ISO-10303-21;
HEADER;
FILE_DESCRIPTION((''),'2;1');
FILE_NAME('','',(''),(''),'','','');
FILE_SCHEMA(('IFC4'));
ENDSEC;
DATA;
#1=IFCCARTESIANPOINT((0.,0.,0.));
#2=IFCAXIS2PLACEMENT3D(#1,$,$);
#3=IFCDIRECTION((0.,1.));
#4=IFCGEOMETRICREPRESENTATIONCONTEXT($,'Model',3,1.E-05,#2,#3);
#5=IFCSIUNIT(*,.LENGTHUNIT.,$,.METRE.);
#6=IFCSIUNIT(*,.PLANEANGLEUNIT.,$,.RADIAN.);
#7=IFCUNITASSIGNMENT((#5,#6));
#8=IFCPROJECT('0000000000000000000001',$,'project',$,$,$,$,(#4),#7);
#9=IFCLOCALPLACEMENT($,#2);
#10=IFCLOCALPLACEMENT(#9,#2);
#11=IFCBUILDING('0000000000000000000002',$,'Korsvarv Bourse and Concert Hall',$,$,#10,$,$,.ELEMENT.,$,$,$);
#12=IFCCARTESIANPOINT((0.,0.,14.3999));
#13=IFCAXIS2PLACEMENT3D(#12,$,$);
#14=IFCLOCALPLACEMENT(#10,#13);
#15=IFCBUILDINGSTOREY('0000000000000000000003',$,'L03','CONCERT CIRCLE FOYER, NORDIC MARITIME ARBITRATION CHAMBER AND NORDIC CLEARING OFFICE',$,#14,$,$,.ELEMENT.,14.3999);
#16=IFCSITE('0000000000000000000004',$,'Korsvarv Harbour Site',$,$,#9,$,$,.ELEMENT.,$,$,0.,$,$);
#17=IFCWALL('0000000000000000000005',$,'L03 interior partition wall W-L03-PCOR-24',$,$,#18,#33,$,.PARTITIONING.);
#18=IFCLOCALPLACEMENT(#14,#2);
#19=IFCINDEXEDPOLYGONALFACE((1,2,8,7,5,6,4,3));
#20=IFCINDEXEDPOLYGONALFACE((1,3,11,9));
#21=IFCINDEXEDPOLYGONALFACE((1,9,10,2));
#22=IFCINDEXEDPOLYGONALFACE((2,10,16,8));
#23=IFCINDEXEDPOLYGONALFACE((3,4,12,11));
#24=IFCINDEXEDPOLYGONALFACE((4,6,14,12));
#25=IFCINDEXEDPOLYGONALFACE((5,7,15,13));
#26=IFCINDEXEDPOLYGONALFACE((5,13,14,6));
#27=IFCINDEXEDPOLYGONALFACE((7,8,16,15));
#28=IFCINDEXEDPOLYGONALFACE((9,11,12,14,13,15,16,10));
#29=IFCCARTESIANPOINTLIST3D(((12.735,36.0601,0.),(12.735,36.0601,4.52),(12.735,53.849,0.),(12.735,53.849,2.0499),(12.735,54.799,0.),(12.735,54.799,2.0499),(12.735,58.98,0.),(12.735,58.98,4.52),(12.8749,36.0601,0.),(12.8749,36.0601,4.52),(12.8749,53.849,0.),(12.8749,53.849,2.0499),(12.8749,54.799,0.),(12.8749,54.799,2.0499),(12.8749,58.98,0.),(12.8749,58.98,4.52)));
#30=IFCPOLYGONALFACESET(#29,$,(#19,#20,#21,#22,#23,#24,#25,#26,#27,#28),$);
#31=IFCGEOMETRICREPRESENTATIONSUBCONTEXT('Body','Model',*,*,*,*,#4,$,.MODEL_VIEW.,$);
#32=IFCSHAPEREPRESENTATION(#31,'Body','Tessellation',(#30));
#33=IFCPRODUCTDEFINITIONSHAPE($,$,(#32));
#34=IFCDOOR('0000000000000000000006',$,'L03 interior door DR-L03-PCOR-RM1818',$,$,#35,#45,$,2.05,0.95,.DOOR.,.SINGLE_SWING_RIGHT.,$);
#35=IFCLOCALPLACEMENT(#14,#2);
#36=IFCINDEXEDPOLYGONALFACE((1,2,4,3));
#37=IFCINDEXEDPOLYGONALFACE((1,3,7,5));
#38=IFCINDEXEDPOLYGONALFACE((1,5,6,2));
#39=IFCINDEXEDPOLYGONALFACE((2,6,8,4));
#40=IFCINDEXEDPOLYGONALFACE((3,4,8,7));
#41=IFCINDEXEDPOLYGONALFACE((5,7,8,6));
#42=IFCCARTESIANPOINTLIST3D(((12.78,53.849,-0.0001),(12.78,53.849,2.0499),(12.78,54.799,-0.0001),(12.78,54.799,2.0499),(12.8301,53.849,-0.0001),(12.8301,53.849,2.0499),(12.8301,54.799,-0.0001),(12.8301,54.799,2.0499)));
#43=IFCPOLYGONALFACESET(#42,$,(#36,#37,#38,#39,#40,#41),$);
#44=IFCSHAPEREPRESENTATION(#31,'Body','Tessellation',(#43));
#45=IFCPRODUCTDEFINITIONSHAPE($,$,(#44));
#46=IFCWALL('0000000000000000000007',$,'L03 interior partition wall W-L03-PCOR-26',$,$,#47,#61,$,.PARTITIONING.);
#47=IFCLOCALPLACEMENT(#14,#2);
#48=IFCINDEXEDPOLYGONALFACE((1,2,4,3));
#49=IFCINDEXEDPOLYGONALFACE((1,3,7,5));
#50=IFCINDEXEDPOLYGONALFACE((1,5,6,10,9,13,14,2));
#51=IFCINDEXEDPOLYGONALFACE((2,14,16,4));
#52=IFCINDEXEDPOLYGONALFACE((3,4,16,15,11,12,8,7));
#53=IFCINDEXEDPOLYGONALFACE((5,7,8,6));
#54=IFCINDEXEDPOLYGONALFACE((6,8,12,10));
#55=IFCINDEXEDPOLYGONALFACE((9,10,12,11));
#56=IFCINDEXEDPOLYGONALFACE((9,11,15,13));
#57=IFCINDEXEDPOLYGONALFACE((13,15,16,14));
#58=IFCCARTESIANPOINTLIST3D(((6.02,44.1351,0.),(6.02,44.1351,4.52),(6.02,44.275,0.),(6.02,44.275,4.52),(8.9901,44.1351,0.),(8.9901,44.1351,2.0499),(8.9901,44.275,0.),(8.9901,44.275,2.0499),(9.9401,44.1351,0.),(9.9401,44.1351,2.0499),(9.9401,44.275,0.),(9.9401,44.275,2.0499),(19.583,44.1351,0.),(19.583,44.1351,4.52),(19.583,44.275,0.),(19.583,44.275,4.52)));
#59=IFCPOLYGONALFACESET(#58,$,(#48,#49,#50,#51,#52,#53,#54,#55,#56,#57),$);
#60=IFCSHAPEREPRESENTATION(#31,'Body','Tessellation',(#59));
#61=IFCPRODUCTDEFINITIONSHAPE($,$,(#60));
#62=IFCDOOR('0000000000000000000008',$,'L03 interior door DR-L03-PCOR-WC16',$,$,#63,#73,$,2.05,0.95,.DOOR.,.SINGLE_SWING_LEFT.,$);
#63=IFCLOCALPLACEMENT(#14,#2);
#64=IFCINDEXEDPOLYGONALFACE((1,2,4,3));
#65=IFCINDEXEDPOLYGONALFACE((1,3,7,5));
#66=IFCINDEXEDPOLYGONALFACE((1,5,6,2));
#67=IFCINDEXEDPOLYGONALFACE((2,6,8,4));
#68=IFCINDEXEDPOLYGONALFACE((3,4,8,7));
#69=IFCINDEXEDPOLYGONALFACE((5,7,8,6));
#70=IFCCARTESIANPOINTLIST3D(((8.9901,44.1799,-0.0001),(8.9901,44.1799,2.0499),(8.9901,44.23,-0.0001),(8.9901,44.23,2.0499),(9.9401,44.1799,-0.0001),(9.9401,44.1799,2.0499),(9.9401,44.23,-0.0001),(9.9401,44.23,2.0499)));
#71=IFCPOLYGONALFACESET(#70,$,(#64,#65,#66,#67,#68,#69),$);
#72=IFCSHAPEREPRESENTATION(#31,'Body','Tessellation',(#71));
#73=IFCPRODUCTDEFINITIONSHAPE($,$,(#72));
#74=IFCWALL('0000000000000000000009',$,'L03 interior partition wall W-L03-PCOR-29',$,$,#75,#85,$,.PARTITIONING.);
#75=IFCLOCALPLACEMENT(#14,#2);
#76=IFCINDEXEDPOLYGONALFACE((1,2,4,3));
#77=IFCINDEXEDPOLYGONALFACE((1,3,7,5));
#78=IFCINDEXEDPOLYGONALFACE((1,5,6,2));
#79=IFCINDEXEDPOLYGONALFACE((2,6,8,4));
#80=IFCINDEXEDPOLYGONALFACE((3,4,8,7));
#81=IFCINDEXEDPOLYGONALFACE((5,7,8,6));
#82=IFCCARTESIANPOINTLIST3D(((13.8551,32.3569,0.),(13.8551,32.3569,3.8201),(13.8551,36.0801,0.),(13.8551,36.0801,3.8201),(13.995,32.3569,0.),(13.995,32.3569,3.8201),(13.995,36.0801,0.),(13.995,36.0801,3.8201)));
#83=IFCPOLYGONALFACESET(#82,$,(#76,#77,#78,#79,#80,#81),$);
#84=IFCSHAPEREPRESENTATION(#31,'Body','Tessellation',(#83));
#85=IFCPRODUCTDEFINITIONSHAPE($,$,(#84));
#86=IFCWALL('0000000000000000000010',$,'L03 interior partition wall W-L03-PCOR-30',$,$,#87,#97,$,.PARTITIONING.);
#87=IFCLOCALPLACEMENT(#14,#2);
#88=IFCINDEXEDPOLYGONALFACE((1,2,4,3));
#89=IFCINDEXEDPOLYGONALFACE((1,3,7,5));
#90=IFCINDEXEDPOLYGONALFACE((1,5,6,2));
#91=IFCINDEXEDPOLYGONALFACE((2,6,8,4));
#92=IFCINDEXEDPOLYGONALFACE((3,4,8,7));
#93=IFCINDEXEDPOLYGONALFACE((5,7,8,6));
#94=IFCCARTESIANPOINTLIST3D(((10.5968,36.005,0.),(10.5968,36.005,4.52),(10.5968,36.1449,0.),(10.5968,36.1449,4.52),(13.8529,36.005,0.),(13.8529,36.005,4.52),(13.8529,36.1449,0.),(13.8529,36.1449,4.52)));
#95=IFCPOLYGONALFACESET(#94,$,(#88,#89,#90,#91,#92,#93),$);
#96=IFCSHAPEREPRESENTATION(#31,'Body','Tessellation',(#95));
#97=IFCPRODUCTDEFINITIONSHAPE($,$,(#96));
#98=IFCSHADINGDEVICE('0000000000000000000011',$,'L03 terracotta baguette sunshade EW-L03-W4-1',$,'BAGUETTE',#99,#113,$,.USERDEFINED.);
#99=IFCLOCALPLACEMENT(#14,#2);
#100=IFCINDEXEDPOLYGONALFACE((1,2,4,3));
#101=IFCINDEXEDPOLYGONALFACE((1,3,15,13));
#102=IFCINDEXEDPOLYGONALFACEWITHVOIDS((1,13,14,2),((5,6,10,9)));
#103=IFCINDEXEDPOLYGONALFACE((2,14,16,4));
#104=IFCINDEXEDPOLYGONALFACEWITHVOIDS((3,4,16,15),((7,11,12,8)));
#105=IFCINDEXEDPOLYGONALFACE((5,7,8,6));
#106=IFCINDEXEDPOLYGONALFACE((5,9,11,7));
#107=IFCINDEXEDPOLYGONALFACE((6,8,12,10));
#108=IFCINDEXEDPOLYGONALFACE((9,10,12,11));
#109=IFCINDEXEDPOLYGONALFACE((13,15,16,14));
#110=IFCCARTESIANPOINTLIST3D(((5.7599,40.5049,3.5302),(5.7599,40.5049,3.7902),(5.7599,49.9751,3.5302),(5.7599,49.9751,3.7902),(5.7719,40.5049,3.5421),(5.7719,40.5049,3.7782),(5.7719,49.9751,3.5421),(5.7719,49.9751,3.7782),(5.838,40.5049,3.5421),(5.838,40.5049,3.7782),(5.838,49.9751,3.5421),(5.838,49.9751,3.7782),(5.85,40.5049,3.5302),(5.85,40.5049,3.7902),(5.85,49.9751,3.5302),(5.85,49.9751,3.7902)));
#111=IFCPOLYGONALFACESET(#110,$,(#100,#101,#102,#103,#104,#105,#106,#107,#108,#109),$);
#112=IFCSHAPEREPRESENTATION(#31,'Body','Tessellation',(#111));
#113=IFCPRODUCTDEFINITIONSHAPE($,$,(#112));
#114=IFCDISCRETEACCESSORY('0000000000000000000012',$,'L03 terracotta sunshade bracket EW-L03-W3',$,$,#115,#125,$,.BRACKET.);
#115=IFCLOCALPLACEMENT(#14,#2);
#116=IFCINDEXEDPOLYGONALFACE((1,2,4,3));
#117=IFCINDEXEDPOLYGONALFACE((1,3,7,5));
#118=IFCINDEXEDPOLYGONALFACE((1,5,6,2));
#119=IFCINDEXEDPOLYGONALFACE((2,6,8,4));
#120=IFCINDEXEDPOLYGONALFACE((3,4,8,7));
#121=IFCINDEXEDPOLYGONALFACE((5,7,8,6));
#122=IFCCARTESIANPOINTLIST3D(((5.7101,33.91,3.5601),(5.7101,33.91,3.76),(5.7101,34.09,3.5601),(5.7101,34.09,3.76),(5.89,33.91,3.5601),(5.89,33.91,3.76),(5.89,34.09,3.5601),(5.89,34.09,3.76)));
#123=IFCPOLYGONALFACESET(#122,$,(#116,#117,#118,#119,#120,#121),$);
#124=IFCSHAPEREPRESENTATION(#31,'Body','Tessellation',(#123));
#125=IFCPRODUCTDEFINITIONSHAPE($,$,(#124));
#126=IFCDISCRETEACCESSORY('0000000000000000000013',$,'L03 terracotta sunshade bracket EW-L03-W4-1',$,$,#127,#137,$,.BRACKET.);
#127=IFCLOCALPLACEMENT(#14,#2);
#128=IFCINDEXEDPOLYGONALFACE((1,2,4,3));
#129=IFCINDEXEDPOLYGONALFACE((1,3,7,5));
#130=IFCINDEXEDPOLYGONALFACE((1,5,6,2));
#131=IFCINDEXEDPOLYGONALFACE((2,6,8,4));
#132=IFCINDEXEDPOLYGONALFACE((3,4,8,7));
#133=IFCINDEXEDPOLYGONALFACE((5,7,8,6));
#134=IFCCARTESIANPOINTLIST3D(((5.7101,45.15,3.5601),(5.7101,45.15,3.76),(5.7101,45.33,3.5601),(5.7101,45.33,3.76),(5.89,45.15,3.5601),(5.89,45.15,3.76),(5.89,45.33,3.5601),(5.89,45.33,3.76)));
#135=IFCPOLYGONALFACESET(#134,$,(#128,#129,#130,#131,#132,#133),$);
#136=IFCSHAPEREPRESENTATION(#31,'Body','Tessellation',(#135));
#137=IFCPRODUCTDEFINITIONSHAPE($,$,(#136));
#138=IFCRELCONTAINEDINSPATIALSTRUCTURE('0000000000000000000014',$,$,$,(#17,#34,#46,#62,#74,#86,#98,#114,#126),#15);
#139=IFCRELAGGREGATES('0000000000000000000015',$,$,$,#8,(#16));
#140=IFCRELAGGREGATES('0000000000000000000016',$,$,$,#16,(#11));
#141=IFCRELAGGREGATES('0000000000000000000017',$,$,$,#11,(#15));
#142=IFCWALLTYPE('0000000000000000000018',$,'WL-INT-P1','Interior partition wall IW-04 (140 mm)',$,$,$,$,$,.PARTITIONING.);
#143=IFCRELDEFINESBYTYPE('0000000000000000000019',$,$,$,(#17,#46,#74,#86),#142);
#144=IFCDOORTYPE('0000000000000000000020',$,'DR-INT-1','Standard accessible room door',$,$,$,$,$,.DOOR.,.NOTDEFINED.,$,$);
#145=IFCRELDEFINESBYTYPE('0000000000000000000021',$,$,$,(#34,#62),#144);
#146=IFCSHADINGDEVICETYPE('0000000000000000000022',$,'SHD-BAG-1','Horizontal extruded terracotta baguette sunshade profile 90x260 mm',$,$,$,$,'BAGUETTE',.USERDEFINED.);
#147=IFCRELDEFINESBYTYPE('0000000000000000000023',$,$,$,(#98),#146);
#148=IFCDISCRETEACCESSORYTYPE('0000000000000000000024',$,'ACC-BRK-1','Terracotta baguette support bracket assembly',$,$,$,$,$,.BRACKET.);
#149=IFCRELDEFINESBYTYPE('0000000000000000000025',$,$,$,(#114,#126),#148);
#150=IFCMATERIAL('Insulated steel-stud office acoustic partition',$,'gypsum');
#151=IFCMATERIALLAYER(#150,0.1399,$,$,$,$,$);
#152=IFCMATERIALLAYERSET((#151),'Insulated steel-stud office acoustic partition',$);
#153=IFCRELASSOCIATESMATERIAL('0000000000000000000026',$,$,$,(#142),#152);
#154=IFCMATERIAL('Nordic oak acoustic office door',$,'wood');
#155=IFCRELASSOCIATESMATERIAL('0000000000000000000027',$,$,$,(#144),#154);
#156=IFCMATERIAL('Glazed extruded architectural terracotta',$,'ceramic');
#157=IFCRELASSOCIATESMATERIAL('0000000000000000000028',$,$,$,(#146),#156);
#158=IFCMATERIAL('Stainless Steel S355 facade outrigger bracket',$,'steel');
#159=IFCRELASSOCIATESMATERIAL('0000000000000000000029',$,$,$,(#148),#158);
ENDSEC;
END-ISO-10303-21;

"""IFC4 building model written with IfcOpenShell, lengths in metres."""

from ifc_helpers import new_model, si_unit, direction, frame, frame_2d, origin, origin_2d, place, context, subcontext, project, spatial, rectangle, hollow_rectangle, extrude, source, transform, mapped, material, layer, layer_set, material_profile, profile_set, type_object, element, fill, save


model = new_model("IFC4")

# Units and contexts
model_context = context("Model", 3, precision=1e-05, world=origin(), true_north=direction((0.0, 1.0)))
body_context = subcontext(model_context, "Body", "Model", "MODEL_VIEW")
ifc_project = project(units=[si_unit("LENGTHUNIT", "METRE"), si_unit("PLANEANGLEUNIT", "RADIAN")], contexts=[model_context])

# Site, building, storey
site_placement = place(None, origin())
site = spatial("IfcSite", under=ifc_project, at=site_placement, Name="Korsvarv Harbour Site", CompositionType="ELEMENT", RefElevation=0.0)
building_placement = place(site_placement, origin())
building = spatial("IfcBuilding", under=site, at=building_placement, Name="Korsvarv Bourse and Concert Hall", CompositionType="ELEMENT")
storey_placement = place(building_placement, frame((0.0, 0.0, 14.3999)))
storey = spatial("IfcBuildingStorey", under=building, at=storey_placement, Name="L03", Description="CONCERT CIRCLE FOYER, NORDIC MARITIME ARBITRATION CHAMBER AND NORDIC CLEARING OFFICE", CompositionType="ELEMENT", Elevation=14.3999)

# Walls, openings, doors
ifc_material_1 = material(Name="Insulated steel-stud office acoustic partition", Category="gypsum")
ifc_layer_1 = layer(ifc_material_1, 0.1399)
ifc_layer_set_1 = layer_set([ifc_layer_1], Name="Insulated steel-stud office acoustic partition")
wall_type_1 = type_object("IfcWallType", Name="WL-INT-P1", Description="Interior partition wall IW-04 (140 mm)", PredefinedType="PARTITIONING", material=ifc_layer_set_1)
wall_1_placement = place(storey_placement, frame((12.8049, 36.0601, 0.0), z_axis=(0.0, 0.0, 1.0), x_axis=(0.0, 1.0, 0.0)))
wall_1 = element("IfcWall", 1, at=wall_1_placement, inside=storey, type_object=wall_type_1, Name="L03 interior partition wall W-L03-PCOR-24", PredefinedType="PARTITIONING", context=body_context, shape_type="SweptSolid", body=[
    extrude(rectangle(XDim=22.9199, YDim=0.1399, at=frame_2d((11.46, 0.0))), origin(), (0.0, 0.0, 1.0), 4.52),
])
opening_1_placement = place(wall_1_placement, frame((17.7888, 0.0, 0.0)))
opening_1 = element("IfcOpeningElement", 2, at=opening_1_placement, cuts=wall_1, PredefinedType="OPENING", context=body_context, shape_type="SweptSolid", body=[
    extrude(rectangle(XDim=0.95, YDim=2.05, at=frame_2d((0.4751, 1.0249))), frame((0.0, 0.0801, 0.0), z_axis=(0.0, -1.0, 0.0), x_axis=(1.0, 0.0, 0.0)), (0.0, 0.0, 1.0), 0.1599),
])
ifc_material_2 = material(Name="Nordic oak acoustic office door", Category="wood")
door_type_1 = type_object("IfcDoorType", Name="DR-INT-1", Description="Standard accessible room door", OperationType="NOTDEFINED", PredefinedType="DOOR", material=ifc_material_2)
door_1_placement = place(opening_1_placement, origin())
door_1 = element("IfcDoor", 3, at=door_1_placement, inside=storey, type_object=door_type_1, Name="L03 interior door DR-L03-PCOR-RM1818", OperationType="SINGLE_SWING_RIGHT", OverallHeight=2.05, OverallWidth=0.95, PredefinedType="DOOR", context=body_context, shape_type="SweptSolid", body=[
    extrude(rectangle(XDim=0.95, YDim=2.05, at=frame_2d((0.4751, 1.0249))), frame((0.0, 0.0249, 0.0), z_axis=(0.0, -1.0, 0.0), x_axis=(1.0, 0.0, 0.0)), (0.0, 0.0, 1.0), 0.05),
])
fill(opening_1, door_1)
wall_2_placement = place(storey_placement, frame((6.02, 44.2051, 0.0), z_axis=(0.0, 0.0, 1.0), x_axis=(1.0, 0.0, 0.0)))
wall_2 = element("IfcWall", 4, at=wall_2_placement, inside=storey, type_object=wall_type_1, Name="L03 interior partition wall W-L03-PCOR-26", PredefinedType="PARTITIONING", context=body_context, shape_type="SweptSolid", body=[
    extrude(rectangle(XDim=13.563, YDim=0.1399, at=frame_2d((6.7815, 0.0))), origin(), (0.0, 0.0, 1.0), 4.52),
])
opening_2_placement = place(wall_2_placement, frame((2.97, 0.0, 0.0)))
opening_2 = element("IfcOpeningElement", 5, at=opening_2_placement, cuts=wall_2, PredefinedType="OPENING", context=body_context, shape_type="SweptSolid", body=[
    extrude(rectangle(XDim=0.95, YDim=2.05, at=frame_2d((0.4751, 1.0249))), frame((0.0, 0.0801, 0.0), z_axis=(0.0, -1.0, 0.0), x_axis=(1.0, 0.0, 0.0)), (0.0, 0.0, 1.0), 0.1599),
])
door_2_placement = place(opening_2_placement, origin())
door_2 = element("IfcDoor", 6, at=door_2_placement, inside=storey, type_object=door_type_1, Name="L03 interior door DR-L03-PCOR-WC16", OperationType="SINGLE_SWING_LEFT", OverallHeight=2.05, OverallWidth=0.95, PredefinedType="DOOR", context=body_context, shape_type="SweptSolid", body=[
    extrude(rectangle(XDim=0.95, YDim=2.05, at=frame_2d((0.4751, 1.0249))), frame((0.0, 0.0249, 0.0), z_axis=(0.0, -1.0, 0.0), x_axis=(1.0, 0.0, 0.0)), (0.0, 0.0, 1.0), 0.05),
])
fill(opening_2, door_2)

# Walls
wall_3_placement = place(storey_placement, frame((13.925, 32.3569, 0.0), z_axis=(0.0, 0.0, 1.0), x_axis=(0.0, 1.0, 0.0)))
element("IfcWall", 7, at=wall_3_placement, inside=storey, type_object=wall_type_1, Name="L03 interior partition wall W-L03-PCOR-29", PredefinedType="PARTITIONING", context=body_context, shape_type="SweptSolid", body=[
    extrude(rectangle(XDim=3.7231, YDim=0.1399, at=frame_2d((1.8616, 0.0))), origin(), (0.0, 0.0, 1.0), 3.8201),
])
wall_4_placement = place(storey_placement, frame((10.5969, 36.075, 0.0), z_axis=(0.0, 0.0, 1.0), x_axis=(1.0, 0.0, 0.0)))
element("IfcWall", 8, at=wall_4_placement, inside=storey, type_object=wall_type_1, Name="L03 interior partition wall W-L03-PCOR-30", PredefinedType="PARTITIONING", context=body_context, shape_type="SweptSolid", body=[
    extrude(rectangle(XDim=3.2561, YDim=0.1399, at=frame_2d((1.6279, 0.0))), origin(), (0.0, 0.0, 1.0), 4.52),
])

# Shading device
ifc_material_3 = material(Name="Glazed extruded architectural terracotta", Category="ceramic")
ifc_material_profile_1 = material_profile(ifc_material_3, hollow_rectangle(XDim=0.0901, YDim=0.26, WallThickness=0.012, at=origin_2d()), Name="TC-BAG 90x260")
ifc_profile_set_1 = profile_set([ifc_material_profile_1], Name="Glazed extruded architectural terracotta")
shading_device_type = type_object("IfcShadingDeviceType", Name="SHD-BAG-1", Description="Horizontal extruded terracotta baguette sunshade profile 90x260 mm", ElementType="BAGUETTE", PredefinedType="USERDEFINED", material=ifc_profile_set_1)
shared_shape_1 = source(origin(), body_context, "Body", "SweptSolid", [
    extrude(hollow_rectangle(XDim=0.0901, YDim=0.26, WallThickness=0.012, at=origin_2d()), origin(), (0.0, 0.0, 1.0), 9.4702),
])
shading_device_placement = place(storey_placement, frame((5.8049, 40.5049, 3.6602), z_axis=(0.0, 1.0, 0.0), x_axis=(-1.0, 0.0, 0.0)))
element("IfcShadingDevice", 9, at=shading_device_placement, inside=storey, type_object=shading_device_type, Name="L03 terracotta baguette sunshade EW-L03-W4-1", ObjectType="BAGUETTE", PredefinedType="USERDEFINED", context=body_context, shape_type="MappedRepresentation", body=[
    mapped(shared_shape_1, transform((0.0, 0.0, 0.0), scale=1.0)),
])

# Discrete accessories
ifc_material_4 = material(Name="Stainless Steel S355 facade outrigger bracket", Category="steel")
discrete_accessory_type = type_object("IfcDiscreteAccessoryType", Name="ACC-BRK-1", Description="Terracotta baguette support bracket assembly", PredefinedType="BRACKET", material=ifc_material_4)
shared_shape_2 = source(origin(), body_context, "Body", "SweptSolid", [
    extrude(rectangle(XDim=0.1799, YDim=0.1799, at=origin_2d()), origin(), (0.0, 0.0, 1.0), 0.2),
])
for number, where, z_axis, x_axis, name in (
    (10, (5.8, 34.0, 3.5601), (0.0, 0.0, 1.0), (0.0, 1.0, 0.0), "L03 terracotta sunshade bracket EW-L03-W3"),
    (11, (5.8, 45.24, 3.5601), (0.0, 0.0, 1.0), (0.0, 1.0, 0.0), "L03 terracotta sunshade bracket EW-L03-W4-1"),
):
    element("IfcDiscreteAccessory", number, at=place(storey_placement, frame(where, z_axis=z_axis, x_axis=x_axis)), inside=storey, type_object=discrete_accessory_type, Name=name, PredefinedType="BRACKET", context=body_context, shape_type="MappedRepresentation", body=[
        mapped(shared_shape_2, transform((0.0, 0.0, 0.0), scale=1.0)),
    ])

save(model, "model.ifc")
